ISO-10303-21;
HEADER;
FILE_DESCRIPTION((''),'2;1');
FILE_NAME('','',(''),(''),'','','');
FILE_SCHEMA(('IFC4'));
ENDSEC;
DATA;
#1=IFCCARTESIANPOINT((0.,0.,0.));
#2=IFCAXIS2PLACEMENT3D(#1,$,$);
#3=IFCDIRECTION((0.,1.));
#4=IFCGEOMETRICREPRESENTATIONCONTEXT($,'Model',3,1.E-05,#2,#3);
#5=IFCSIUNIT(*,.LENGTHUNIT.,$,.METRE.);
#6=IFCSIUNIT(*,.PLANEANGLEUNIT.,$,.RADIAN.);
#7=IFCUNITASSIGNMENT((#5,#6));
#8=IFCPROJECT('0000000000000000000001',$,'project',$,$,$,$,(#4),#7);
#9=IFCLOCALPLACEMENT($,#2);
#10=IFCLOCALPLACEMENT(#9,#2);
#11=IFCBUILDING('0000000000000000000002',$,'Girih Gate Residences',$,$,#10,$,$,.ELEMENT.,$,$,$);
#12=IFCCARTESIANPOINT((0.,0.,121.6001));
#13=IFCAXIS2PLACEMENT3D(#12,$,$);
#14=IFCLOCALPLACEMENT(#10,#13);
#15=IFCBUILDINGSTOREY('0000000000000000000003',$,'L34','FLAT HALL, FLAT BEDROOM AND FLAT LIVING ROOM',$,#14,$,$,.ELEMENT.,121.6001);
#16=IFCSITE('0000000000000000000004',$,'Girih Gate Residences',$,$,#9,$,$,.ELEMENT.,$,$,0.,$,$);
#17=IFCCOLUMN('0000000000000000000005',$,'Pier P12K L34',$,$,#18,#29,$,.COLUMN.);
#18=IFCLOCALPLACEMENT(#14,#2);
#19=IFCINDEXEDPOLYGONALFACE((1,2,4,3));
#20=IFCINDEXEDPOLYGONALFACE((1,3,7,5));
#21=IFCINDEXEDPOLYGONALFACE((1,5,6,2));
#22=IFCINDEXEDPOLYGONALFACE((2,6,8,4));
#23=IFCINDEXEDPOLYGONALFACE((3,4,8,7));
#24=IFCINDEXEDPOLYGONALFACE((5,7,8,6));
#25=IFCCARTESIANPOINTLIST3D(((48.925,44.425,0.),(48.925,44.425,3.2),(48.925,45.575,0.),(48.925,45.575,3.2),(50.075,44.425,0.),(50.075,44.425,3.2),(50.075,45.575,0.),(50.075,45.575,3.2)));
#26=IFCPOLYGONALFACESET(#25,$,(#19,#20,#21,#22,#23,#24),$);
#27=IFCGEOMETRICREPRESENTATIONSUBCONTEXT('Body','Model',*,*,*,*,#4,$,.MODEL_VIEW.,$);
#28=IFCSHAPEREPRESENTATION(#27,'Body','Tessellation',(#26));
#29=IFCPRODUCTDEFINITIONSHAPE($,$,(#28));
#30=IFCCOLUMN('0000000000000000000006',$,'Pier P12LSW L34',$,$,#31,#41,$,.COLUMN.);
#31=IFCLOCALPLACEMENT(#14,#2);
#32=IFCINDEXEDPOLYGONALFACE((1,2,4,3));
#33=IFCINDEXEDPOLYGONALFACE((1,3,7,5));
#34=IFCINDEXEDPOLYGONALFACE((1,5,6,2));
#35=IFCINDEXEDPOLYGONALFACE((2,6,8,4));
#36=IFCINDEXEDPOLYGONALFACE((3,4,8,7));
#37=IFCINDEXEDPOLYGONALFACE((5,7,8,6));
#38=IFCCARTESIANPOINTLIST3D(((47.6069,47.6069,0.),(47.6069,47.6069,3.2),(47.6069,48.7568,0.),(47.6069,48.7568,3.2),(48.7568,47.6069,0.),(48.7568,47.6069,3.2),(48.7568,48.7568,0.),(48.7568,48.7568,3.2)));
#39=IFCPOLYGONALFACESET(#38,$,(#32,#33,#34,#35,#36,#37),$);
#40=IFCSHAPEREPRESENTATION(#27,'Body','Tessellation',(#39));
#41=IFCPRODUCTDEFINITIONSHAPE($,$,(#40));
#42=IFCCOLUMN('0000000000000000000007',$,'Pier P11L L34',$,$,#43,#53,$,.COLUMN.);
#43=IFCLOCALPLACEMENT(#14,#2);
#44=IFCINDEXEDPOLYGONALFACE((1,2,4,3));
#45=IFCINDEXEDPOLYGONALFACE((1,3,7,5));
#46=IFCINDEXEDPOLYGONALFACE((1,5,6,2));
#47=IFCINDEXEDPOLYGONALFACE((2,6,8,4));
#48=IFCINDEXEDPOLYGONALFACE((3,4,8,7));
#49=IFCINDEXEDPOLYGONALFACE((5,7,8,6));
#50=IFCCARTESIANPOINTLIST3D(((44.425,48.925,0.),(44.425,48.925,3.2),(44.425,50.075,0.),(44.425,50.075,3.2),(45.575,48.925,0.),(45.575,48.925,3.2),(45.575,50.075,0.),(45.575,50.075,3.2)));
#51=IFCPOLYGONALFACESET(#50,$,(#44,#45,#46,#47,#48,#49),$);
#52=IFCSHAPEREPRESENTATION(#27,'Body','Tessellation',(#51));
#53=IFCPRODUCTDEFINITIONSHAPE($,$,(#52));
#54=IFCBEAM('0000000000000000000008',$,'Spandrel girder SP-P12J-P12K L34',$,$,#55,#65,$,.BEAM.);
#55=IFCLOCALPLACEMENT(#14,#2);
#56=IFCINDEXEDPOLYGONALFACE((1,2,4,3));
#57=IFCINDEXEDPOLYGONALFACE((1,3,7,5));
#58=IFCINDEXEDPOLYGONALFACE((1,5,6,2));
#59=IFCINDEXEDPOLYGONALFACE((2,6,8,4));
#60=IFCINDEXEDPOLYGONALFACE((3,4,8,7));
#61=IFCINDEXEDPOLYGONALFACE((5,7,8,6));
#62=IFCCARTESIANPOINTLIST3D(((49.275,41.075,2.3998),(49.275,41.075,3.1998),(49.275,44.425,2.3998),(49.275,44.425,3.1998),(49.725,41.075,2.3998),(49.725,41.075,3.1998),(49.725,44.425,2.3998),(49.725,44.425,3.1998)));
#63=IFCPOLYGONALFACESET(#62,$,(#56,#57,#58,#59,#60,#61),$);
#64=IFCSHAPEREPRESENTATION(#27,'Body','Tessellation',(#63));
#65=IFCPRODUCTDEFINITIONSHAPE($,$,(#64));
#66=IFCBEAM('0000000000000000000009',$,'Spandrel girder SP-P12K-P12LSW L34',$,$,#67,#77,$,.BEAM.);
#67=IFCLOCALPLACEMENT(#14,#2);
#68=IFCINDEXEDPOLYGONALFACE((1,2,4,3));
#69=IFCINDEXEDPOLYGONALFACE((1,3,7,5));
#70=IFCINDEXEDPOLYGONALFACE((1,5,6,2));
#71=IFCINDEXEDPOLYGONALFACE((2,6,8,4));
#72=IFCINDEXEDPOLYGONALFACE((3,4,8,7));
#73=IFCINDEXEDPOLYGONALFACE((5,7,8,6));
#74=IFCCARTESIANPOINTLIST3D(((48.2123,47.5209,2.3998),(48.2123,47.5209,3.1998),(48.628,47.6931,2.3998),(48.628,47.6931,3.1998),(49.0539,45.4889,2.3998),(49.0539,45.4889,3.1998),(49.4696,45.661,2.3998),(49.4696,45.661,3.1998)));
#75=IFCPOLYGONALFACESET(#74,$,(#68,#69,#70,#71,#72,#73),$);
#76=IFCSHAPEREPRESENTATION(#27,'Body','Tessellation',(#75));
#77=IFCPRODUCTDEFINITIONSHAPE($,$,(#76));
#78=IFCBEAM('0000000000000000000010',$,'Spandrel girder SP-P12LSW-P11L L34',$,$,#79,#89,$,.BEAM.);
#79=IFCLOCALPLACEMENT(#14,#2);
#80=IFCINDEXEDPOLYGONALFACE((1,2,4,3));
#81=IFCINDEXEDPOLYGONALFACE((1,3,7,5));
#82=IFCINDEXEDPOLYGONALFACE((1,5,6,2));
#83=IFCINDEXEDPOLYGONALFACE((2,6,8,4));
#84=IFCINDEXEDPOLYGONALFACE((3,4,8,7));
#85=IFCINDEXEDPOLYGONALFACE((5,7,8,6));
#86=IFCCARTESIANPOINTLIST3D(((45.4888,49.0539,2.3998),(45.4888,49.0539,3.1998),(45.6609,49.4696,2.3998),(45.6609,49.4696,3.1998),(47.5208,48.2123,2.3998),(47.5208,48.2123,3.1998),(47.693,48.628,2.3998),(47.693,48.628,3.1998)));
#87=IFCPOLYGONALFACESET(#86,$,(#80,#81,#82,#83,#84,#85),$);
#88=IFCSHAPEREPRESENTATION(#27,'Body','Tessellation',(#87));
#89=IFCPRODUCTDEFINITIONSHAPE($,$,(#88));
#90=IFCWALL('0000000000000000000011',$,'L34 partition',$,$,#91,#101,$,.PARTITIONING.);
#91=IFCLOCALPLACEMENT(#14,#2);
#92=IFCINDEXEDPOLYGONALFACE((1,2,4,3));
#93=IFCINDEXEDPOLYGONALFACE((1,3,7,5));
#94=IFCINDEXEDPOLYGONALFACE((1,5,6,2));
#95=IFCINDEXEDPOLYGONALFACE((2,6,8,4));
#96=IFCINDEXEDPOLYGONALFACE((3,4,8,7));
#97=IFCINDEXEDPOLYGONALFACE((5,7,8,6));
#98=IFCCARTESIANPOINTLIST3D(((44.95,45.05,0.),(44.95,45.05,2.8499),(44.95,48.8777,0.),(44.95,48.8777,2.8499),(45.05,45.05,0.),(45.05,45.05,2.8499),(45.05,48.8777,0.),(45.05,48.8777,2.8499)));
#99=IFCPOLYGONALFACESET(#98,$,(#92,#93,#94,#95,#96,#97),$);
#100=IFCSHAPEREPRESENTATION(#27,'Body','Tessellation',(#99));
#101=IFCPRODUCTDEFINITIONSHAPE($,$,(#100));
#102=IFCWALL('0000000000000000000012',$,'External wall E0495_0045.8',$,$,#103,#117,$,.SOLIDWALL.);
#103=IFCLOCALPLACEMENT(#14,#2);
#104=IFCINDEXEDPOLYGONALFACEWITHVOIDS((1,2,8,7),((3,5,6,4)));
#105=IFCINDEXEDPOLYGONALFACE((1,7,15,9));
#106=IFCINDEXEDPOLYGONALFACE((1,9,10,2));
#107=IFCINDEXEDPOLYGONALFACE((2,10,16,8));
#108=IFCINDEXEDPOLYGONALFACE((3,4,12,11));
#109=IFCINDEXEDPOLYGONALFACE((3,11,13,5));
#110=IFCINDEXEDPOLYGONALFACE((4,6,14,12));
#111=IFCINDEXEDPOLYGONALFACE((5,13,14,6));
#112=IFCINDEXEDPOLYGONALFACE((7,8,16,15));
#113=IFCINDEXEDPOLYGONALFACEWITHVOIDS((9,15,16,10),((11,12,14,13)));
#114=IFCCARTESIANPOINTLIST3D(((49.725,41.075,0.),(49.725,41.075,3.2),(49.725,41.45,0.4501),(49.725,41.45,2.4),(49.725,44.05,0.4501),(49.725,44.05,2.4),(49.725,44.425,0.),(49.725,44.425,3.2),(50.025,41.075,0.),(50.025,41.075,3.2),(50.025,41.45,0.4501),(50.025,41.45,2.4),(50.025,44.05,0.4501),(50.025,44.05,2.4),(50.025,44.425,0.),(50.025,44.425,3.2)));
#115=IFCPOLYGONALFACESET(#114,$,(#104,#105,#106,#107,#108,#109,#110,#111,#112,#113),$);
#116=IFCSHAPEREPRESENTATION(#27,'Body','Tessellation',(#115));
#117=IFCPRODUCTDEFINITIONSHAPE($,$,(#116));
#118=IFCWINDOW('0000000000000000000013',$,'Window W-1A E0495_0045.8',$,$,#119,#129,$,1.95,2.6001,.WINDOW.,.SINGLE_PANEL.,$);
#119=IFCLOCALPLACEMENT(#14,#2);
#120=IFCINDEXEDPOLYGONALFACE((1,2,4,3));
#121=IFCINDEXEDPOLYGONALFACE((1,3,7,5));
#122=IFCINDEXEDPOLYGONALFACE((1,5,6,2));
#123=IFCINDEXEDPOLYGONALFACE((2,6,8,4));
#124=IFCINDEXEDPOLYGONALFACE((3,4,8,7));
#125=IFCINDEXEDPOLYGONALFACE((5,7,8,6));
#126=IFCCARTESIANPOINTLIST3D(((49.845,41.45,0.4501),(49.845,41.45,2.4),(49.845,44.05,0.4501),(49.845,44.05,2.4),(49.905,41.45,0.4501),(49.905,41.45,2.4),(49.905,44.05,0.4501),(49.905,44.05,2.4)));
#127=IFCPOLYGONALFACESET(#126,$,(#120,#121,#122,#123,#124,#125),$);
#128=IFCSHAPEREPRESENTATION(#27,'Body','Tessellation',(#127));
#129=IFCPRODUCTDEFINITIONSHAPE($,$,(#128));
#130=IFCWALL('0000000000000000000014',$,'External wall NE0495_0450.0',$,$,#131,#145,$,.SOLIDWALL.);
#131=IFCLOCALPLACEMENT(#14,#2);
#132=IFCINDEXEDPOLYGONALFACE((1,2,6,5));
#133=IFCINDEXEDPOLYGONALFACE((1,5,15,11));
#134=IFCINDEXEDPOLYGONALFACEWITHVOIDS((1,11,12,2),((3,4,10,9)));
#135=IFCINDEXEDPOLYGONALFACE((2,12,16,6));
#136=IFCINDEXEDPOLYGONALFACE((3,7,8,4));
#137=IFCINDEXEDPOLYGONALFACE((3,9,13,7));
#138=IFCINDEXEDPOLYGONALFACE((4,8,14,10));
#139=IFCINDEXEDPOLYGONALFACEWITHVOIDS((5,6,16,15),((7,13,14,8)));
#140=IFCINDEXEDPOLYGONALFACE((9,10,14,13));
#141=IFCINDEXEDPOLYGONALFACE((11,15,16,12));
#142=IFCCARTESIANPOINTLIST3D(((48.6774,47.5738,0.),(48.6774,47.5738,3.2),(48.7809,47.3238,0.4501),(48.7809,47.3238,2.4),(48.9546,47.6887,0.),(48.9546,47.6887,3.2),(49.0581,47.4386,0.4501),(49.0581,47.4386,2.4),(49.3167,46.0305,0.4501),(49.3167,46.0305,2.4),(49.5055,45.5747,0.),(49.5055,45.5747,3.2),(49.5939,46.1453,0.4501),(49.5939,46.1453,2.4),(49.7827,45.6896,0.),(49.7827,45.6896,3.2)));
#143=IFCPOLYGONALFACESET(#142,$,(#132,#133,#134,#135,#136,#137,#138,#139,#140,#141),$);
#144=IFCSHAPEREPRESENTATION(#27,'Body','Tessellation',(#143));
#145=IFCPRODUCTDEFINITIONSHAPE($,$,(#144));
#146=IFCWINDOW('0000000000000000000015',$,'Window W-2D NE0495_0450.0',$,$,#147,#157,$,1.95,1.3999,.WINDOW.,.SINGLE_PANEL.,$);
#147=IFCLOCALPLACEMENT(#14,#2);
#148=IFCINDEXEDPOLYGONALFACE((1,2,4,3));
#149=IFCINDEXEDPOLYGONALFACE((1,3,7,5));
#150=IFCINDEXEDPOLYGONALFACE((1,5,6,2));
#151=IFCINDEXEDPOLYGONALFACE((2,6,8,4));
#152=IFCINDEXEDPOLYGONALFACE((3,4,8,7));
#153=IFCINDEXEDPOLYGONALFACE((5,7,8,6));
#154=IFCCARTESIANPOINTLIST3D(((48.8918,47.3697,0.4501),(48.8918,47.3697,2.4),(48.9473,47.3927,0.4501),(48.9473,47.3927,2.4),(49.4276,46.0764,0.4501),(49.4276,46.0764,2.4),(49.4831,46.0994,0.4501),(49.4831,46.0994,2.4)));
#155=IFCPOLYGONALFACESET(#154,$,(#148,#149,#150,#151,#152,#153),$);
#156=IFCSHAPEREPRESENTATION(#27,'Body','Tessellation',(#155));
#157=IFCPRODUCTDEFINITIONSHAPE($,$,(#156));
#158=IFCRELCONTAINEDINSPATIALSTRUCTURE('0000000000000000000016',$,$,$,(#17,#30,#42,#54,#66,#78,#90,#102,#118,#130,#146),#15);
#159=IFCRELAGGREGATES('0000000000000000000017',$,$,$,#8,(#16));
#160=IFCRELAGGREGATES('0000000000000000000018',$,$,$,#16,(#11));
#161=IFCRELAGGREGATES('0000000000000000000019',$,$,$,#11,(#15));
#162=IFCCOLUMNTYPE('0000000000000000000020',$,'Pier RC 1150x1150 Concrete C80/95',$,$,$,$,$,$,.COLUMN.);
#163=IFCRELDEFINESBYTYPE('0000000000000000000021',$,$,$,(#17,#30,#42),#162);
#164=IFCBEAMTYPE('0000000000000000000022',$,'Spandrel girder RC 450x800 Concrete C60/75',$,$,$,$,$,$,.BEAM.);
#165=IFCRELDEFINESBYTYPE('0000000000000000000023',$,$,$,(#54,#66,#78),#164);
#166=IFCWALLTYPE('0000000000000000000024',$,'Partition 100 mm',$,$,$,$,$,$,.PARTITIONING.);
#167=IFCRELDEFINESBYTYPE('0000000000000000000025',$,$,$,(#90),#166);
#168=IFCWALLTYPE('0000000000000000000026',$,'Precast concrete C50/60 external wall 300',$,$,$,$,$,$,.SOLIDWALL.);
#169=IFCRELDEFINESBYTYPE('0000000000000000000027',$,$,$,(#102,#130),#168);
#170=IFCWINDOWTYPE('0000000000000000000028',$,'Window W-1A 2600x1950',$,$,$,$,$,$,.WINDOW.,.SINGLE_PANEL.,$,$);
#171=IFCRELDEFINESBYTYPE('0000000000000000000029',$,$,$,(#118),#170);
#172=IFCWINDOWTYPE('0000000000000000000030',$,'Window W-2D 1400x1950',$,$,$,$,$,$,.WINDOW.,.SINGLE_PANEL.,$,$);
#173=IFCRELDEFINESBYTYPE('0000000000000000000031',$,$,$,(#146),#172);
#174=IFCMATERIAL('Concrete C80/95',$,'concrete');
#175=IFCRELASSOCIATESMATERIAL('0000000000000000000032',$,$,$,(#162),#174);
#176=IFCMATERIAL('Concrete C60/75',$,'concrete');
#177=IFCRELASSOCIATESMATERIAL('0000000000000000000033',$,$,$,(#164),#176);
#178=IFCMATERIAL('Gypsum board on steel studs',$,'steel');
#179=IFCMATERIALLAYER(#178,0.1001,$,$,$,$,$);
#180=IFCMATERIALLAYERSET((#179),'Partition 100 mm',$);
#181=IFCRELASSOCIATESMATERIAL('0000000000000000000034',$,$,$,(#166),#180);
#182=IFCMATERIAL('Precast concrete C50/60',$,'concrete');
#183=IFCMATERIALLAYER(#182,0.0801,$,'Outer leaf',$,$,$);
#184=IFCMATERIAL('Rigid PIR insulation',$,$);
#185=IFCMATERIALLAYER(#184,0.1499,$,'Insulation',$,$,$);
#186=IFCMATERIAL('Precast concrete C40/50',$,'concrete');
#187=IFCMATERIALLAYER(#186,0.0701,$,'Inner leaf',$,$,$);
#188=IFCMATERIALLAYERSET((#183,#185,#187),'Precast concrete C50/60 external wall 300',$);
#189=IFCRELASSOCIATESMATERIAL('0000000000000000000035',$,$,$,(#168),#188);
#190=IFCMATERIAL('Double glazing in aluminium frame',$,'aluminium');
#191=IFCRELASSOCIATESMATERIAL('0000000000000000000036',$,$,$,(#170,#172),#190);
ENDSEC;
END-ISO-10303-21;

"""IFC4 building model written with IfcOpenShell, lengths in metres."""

from ifc_helpers import new_model, si_unit, direction, frame, frame_2d, origin, origin_2d, place, context, subcontext, project, spatial, rectangle, extrude, material, layer, layer_set, material_profile, profile_set, type_object, element, fill, save


model = new_model("IFC4")

# Units and contexts
model_context = context("Model", 3, precision=1e-05, world=origin(), true_north=direction((0.0, 1.0)))
body_context = subcontext(model_context, "Body", "Model", "MODEL_VIEW")
ifc_project = project(units=[si_unit("LENGTHUNIT", "METRE"), si_unit("PLANEANGLEUNIT", "RADIAN")], contexts=[model_context])

# Site, building, storey
site_placement = place(None, origin())
site = spatial("IfcSite", under=ifc_project, at=site_placement, Name="Girih Gate Residences", CompositionType="ELEMENT", RefElevation=0.0)
building_placement = place(site_placement, origin())
building = spatial("IfcBuilding", under=site, at=building_placement, Name="Girih Gate Residences", CompositionType="ELEMENT")
storey_placement = place(building_placement, frame((0.0, 0.0, 121.6001)))
storey = spatial("IfcBuildingStorey", under=building, at=storey_placement, Name="L34", Description="FLAT HALL, FLAT BEDROOM AND FLAT LIVING ROOM", CompositionType="ELEMENT", Elevation=121.6001)

# Columns
ifc_material_1 = material(Name="Concrete C80/95", Category="concrete")
ifc_material_profile_1 = material_profile(ifc_material_1, rectangle(XDim=1.1499, YDim=1.1499, at=origin_2d()))
ifc_profile_set_1 = profile_set([ifc_material_profile_1], Name="Concrete C80/95")
column_type = type_object("IfcColumnType", Name="Pier RC 1150x1150 Concrete C80/95", PredefinedType="COLUMN", material=ifc_profile_set_1)
for number, where, z_axis, x_axis, name in (
    (1, (49.5, 45.0, 0.0), (0.0, 0.0, 1.0), (1.0, 0.0, 0.0), "Pier P12K L34"),
    (2, (48.1819, 48.1819, 0.0), (0.0, 0.0, 1.0), (1.0, 0.0, 0.0), "Pier P12LSW L34"),
    (3, (45.0, 49.5, 0.0), (0.0, 0.0, 1.0), (1.0, 0.0, 0.0), "Pier P11L L34"),
):
    element("IfcColumn", number, at=place(storey_placement, frame(where, z_axis=z_axis, x_axis=x_axis)), inside=storey, type_object=column_type, Name=name, PredefinedType="COLUMN", context=body_context, shape_type="SweptSolid", body=[
        extrude(rectangle(XDim=1.1499, YDim=1.1499, at=origin_2d()), origin(), (0.0, 0.0, 1.0), 3.2),
    ])

# Beams
ifc_material_2 = material(Name="Concrete C60/75", Category="concrete")
ifc_material_profile_2 = material_profile(ifc_material_2, rectangle(XDim=0.45, YDim=0.8, at=origin_2d()))
ifc_profile_set_2 = profile_set([ifc_material_profile_2], Name="Concrete C60/75")
beam_type = type_object("IfcBeamType", Name="Spandrel girder RC 450x800 Concrete C60/75", PredefinedType="BEAM", material=ifc_profile_set_2)
beam_placement = place(storey_placement, frame((49.5, 41.075, 2.7998), z_axis=(0.0, 1.0, 0.0), x_axis=(-1.0, 0.0, 0.0)))
element("IfcBeam", 4, at=beam_placement, inside=storey, type_object=beam_type, Name="Spandrel girder SP-P12J-P12K L34", PredefinedType="BEAM", context=body_context, shape_type="SweptSolid", body=[
    extrude(rectangle(XDim=0.45, YDim=0.8, at=origin_2d()), origin(), (0.0, 0.0, 1.0), 3.3501),
])
for number, where, z_axis, x_axis, name in (
    (5, (49.2617, 45.575, 2.7998), (-0.382636, 0.923899, 0.0), (-0.923899, -0.382636, 0.0), "Spandrel girder SP-P12K-P12LSW L34"),
    (6, (47.6069, 48.4202, 2.7998), (-0.923899, 0.382636, 0.0), (-0.382636, -0.923899, 0.0), "Spandrel girder SP-P12LSW-P11L L34"),
):
    element("IfcBeam", number, at=place(storey_placement, frame(where, z_axis=z_axis, x_axis=x_axis)), inside=storey, type_object=beam_type, Name=name, PredefinedType="BEAM", context=body_context, shape_type="SweptSolid", body=[
        extrude(rectangle(XDim=0.45, YDim=0.8, at=origin_2d()), origin(), (0.0, 0.0, 1.0), 2.1995),
    ])

# Wall
ifc_material_3 = material(Name="Gypsum board on steel studs", Category="steel")
ifc_layer_1 = layer(ifc_material_3, 0.1001)
ifc_layer_set_1 = layer_set([ifc_layer_1], Name="Partition 100 mm")
wall_type_1 = type_object("IfcWallType", Name="Partition 100 mm", PredefinedType="PARTITIONING", material=ifc_layer_set_1)
wall_1_placement = place(storey_placement, frame((45.0, 45.05, 0.0), z_axis=(0.0, 0.0, 1.0), x_axis=(0.0, 1.0, 0.0)))
element("IfcWall", 7, at=wall_1_placement, inside=storey, type_object=wall_type_1, Name="L34 partition", PredefinedType="PARTITIONING", context=body_context, shape_type="SweptSolid", body=[
    extrude(rectangle(XDim=3.8276, YDim=0.1001, at=frame_2d((1.9138, 0.0))), origin(), (0.0, 0.0, 1.0), 2.8499),
])

# Walls, openings, windows
ifc_material_4 = material(Name="Precast concrete C50/60", Category="concrete")
ifc_layer_2 = layer(ifc_material_4, 0.0801, Name="Outer leaf")
ifc_material_5 = material(Name="Rigid PIR insulation")
ifc_layer_3 = layer(ifc_material_5, 0.1499, Name="Insulation")
ifc_material_6 = material(Name="Precast concrete C40/50", Category="concrete")
ifc_layer_4 = layer(ifc_material_6, 0.0701, Name="Inner leaf")
ifc_layer_set_2 = layer_set([ifc_layer_2, ifc_layer_3, ifc_layer_4], Name="Precast concrete C50/60 external wall 300")
wall_type_2 = type_object("IfcWallType", Name="Precast concrete C50/60 external wall 300", PredefinedType="SOLIDWALL", material=ifc_layer_set_2)
wall_2_placement = place(storey_placement, frame((49.875, 44.425, 0.0), z_axis=(0.0, 0.0, 1.0), x_axis=(0.0, -1.0, 0.0)))
wall_2 = element("IfcWall", 8, at=wall_2_placement, inside=storey, type_object=wall_type_2, Name="External wall E0495_0045.8", PredefinedType="SOLIDWALL", context=body_context, shape_type="SweptSolid", body=[
    extrude(rectangle(XDim=3.3501, YDim=0.3, at=frame_2d((1.675, 0.0))), origin(), (0.0, 0.0, 1.0), 3.2),
])
opening_1_placement = place(wall_2_placement, frame((0.375, 0.0, 0.45)))
opening_1 = element("IfcOpeningElement", 9, at=opening_1_placement, cuts=wall_2, PredefinedType="OPENING", context=body_context, shape_type="SweptSolid", body=[
    extrude(rectangle(XDim=2.6001, YDim=1.95, at=frame_2d((1.3, 0.9751))), frame((0.0, 0.1599, 0.0), z_axis=(0.0, -1.0, 0.0), x_axis=(1.0, 0.0, 0.0)), (0.0, 0.0, 1.0), 0.3201),
])
ifc_material_7 = material(Name="Double glazing in aluminium frame", Category="aluminium")
window_type_1 = type_object("IfcWindowType", Name="Window W-1A 2600x1950", PartitioningType="SINGLE_PANEL", PredefinedType="WINDOW", material=ifc_material_7)
window_1_placement = place(opening_1_placement, origin())
window_1 = element("IfcWindow", 10, at=window_1_placement, inside=storey, type_object=window_type_1, Name="Window W-1A E0495_0045.8", OverallHeight=1.95, OverallWidth=2.6001, PartitioningType="SINGLE_PANEL", PredefinedType="WINDOW", context=body_context, shape_type="SweptSolid", body=[
    extrude(rectangle(XDim=2.6001, YDim=1.95, at=frame_2d((1.3, 0.9751))), frame((0.0, 0.03, 0.0), z_axis=(0.0, -1.0, 0.0), x_axis=(1.0, 0.0, 0.0)), (0.0, 0.0, 1.0), 0.0601),
])
fill(opening_1, window_1)
wall_3_placement = place(storey_placement, frame((48.8159, 47.6313, 0.0), z_axis=(0.0, 0.0, 1.0), x_axis=(0.382724, -0.923863, 0.0)))
wall_3 = element("IfcWall", 11, at=wall_3_placement, inside=storey, type_object=wall_type_2, Name="External wall NE0495_0450.0", PredefinedType="SOLIDWALL", context=body_context, shape_type="SweptSolid", body=[
    extrude(rectangle(XDim=2.1638, YDim=0.3, at=frame_2d((1.082, 0.0))), origin(), (0.0, 0.0, 1.0), 3.2),
])
opening_2_placement = place(wall_3_placement, frame((0.2708, 0.0, 0.45)))
opening_2 = element("IfcOpeningElement", 12, at=opening_2_placement, cuts=wall_3, PredefinedType="OPENING", context=body_context, shape_type="SweptSolid", body=[
    extrude(rectangle(XDim=1.3999, YDim=1.95, at=frame_2d((0.7, 0.9751))), frame((0.0, 0.1599, 0.0), z_axis=(0.0, -1.0, 0.0), x_axis=(1.0, 0.0, 0.0)), (0.0, 0.0, 1.0), 0.3201),
])
window_type_2 = type_object("IfcWindowType", Name="Window W-2D 1400x1950", PartitioningType="SINGLE_PANEL", PredefinedType="WINDOW", material=ifc_material_7)
window_2_placement = place(opening_2_placement, origin())
window_2 = element("IfcWindow", 13, at=window_2_placement, inside=storey, type_object=window_type_2, Name="Window W-2D NE0495_0450.0", OverallHeight=1.95, OverallWidth=1.3999, PartitioningType="SINGLE_PANEL", PredefinedType="WINDOW", context=body_context, shape_type="SweptSolid", body=[
    extrude(rectangle(XDim=1.3999, YDim=1.95, at=frame_2d((0.7, 0.9751))), frame((0.0, 0.03, 0.0), z_axis=(0.0, -1.0, 0.0), x_axis=(1.0, 0.0, 0.0)), (0.0, 0.0, 1.0), 0.0601),
])
fill(opening_2, window_2)

save(model, "model.ifc")
